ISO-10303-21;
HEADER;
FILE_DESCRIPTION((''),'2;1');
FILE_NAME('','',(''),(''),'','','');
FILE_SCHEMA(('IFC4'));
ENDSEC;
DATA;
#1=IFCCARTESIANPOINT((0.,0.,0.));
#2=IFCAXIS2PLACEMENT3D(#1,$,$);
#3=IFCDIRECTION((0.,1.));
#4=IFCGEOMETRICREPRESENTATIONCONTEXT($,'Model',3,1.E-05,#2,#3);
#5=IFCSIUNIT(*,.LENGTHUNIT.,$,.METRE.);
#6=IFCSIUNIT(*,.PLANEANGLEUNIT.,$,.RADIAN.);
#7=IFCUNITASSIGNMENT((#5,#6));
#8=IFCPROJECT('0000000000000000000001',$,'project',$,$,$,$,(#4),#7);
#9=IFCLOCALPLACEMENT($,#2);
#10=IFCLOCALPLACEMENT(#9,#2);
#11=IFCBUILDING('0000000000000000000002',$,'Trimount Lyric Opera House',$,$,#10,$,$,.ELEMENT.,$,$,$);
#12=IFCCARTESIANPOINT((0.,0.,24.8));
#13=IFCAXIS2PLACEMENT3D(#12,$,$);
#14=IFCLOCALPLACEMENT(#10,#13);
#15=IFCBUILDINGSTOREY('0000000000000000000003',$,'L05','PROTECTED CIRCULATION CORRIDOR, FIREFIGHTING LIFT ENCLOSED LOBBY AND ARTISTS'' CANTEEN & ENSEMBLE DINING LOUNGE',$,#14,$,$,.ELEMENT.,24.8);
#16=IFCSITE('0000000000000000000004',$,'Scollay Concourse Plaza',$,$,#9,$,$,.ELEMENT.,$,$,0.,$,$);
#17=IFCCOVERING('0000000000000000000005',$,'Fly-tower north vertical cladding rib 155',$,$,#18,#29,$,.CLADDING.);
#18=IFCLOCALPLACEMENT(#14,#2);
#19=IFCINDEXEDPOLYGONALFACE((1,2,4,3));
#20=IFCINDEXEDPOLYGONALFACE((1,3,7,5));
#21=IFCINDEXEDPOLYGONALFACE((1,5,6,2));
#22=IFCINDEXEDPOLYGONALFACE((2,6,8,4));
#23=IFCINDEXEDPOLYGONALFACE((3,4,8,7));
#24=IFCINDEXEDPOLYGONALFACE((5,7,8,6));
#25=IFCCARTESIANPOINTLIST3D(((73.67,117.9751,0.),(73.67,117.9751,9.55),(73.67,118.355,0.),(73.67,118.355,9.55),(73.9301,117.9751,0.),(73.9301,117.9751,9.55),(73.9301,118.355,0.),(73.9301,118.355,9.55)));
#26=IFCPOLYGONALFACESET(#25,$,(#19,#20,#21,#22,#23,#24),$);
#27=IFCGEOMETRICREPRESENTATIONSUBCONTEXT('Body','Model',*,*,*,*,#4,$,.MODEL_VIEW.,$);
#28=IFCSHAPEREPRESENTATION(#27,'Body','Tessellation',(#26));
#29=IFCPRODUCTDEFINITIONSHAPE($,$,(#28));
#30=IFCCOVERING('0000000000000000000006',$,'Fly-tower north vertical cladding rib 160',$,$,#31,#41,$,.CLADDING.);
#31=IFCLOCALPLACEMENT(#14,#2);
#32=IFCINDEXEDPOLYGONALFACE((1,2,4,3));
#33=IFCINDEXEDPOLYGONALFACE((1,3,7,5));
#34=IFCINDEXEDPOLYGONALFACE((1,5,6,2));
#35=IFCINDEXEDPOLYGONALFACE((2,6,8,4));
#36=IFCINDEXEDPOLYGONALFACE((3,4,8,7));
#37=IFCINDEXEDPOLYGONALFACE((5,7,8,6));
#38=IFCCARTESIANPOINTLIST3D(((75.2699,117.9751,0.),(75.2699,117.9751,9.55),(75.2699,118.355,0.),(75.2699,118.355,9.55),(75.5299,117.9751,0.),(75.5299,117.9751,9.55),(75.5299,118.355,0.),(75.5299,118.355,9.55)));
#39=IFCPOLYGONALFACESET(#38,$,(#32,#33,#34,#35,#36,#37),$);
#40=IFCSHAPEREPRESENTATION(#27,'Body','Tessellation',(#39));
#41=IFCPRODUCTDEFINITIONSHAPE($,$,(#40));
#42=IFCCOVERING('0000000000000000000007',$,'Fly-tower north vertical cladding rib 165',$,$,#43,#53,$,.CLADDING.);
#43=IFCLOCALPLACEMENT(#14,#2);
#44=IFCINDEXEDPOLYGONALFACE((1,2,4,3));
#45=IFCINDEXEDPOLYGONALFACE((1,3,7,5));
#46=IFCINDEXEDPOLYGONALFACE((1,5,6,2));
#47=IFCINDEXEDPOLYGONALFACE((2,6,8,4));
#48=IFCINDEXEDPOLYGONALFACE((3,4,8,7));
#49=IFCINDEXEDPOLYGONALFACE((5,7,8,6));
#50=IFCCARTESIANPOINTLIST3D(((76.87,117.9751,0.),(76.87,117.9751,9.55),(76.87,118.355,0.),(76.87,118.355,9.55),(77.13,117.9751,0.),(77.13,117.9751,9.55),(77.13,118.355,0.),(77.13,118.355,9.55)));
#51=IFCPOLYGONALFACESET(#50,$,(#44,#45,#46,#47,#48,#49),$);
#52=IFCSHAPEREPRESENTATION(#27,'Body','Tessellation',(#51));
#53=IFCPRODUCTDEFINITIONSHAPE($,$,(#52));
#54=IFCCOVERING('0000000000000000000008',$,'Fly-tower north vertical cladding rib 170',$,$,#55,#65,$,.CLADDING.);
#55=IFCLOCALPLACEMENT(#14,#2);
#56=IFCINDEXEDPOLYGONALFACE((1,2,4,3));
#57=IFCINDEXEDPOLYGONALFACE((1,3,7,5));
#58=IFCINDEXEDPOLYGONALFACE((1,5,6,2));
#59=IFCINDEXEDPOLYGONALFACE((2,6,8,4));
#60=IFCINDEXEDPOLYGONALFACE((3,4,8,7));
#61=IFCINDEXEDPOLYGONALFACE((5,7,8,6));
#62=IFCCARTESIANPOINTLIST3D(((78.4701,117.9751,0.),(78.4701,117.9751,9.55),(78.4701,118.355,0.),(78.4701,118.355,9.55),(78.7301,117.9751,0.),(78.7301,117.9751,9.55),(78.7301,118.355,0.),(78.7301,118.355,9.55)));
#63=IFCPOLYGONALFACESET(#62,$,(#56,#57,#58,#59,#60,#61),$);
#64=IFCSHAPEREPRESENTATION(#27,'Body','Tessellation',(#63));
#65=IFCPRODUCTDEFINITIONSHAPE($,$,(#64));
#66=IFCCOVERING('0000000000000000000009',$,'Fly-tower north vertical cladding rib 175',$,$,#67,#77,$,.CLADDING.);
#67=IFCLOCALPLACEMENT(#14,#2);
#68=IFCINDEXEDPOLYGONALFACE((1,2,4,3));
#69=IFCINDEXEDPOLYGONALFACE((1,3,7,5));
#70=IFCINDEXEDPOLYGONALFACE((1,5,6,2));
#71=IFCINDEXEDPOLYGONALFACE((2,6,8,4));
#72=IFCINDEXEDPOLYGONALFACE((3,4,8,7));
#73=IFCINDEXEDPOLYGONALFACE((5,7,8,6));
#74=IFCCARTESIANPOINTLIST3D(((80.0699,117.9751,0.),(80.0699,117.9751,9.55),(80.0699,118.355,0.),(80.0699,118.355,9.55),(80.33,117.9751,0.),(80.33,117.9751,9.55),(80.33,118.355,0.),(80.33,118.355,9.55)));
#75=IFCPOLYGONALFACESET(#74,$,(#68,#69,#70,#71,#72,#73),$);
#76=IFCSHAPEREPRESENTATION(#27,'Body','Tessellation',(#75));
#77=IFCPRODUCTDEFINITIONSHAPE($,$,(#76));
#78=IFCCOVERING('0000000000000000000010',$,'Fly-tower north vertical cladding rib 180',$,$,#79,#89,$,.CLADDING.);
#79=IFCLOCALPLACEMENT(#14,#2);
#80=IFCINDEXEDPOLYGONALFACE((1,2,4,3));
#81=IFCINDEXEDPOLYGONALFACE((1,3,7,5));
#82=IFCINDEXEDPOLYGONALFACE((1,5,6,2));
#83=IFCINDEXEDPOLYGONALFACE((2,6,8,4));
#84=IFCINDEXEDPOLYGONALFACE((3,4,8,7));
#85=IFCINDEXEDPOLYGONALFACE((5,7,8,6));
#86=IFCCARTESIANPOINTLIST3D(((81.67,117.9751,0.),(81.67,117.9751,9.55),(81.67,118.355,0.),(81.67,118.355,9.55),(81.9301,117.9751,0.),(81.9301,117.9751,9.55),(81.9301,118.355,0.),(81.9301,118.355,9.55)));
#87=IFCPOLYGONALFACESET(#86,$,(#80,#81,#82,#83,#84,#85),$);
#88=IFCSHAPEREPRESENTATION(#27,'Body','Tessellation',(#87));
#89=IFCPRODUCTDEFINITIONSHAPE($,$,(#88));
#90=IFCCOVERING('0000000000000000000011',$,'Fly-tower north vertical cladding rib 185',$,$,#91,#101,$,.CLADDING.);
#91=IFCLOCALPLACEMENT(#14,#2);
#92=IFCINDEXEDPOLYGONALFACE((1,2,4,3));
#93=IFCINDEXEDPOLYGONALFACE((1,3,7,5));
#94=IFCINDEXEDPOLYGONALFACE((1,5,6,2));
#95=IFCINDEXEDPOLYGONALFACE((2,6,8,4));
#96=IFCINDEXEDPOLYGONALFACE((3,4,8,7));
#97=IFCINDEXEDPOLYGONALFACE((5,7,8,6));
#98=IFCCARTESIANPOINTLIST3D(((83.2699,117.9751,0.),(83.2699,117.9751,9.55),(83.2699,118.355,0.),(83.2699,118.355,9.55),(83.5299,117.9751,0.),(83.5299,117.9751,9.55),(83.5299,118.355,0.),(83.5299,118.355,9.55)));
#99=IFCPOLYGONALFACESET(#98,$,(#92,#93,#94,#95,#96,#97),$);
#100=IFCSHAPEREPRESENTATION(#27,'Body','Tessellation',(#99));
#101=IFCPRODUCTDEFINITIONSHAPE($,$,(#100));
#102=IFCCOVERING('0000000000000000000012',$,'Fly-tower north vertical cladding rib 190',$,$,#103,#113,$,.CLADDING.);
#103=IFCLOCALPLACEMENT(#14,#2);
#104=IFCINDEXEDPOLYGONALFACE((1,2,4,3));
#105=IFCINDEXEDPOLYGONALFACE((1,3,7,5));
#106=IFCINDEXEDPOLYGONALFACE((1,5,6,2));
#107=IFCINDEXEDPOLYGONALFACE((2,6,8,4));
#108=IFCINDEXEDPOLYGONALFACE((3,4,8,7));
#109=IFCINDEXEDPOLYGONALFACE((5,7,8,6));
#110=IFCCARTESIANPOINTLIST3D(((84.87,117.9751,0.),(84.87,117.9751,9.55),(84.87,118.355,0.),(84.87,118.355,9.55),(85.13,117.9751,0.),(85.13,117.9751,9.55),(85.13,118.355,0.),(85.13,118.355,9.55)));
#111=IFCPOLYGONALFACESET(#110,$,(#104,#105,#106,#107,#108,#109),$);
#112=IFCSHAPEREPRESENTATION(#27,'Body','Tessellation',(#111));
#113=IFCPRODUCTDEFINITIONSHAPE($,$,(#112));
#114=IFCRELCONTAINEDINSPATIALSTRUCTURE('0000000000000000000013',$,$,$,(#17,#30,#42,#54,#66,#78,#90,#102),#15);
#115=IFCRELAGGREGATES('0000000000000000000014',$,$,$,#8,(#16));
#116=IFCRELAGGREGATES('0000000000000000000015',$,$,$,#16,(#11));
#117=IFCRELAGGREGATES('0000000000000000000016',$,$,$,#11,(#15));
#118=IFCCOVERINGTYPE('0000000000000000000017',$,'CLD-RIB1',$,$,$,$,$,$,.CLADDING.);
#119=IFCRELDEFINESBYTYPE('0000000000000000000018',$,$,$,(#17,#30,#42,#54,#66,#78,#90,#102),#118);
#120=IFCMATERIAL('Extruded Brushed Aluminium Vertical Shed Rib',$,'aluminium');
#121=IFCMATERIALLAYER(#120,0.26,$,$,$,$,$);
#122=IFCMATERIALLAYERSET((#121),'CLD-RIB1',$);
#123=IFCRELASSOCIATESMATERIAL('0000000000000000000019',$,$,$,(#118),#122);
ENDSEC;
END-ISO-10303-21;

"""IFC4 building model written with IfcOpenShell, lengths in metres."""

from ifc_helpers import new_model, si_unit, direction, frame, origin, origin_2d, place, context, subcontext, project, spatial, rectangle, extrude, material, layer, layer_set, type_object, element, save


model = new_model("IFC4")

# Units and contexts
model_context = context("Model", 3, precision=1e-05, world=origin(), true_north=direction((0.0, 1.0)))
body_context = subcontext(model_context, "Body", "Model", "MODEL_VIEW")
ifc_project = project(units=[si_unit("LENGTHUNIT", "METRE"), si_unit("PLANEANGLEUNIT", "RADIAN")], contexts=[model_context])

# Site, building, storey
site_placement = place(None, origin())
site = spatial("IfcSite", under=ifc_project, at=site_placement, Name="Scollay Concourse Plaza", CompositionType="ELEMENT", RefElevation=0.0)
building_placement = place(site_placement, origin())
building = spatial("IfcBuilding", under=site, at=building_placement, Name="Trimount Lyric Opera House", CompositionType="ELEMENT")
storey_placement = place(building_placement, frame((0.0, 0.0, 24.8)))
storey = spatial("IfcBuildingStorey", under=building, at=storey_placement, Name="L05", Description="PROTECTED CIRCULATION CORRIDOR, FIREFIGHTING LIFT ENCLOSED LOBBY AND ARTISTS' CANTEEN & ENSEMBLE DINING LOUNGE", CompositionType="ELEMENT", Elevation=24.8)

# Coverings
ifc_material_1 = material(Name="Extruded Brushed Aluminium Vertical Shed Rib", Category="aluminium")
ifc_layer_1 = layer(ifc_material_1, 0.26)
ifc_layer_set_1 = layer_set([ifc_layer_1], Name="CLD-RIB1")
covering_type = type_object("IfcCoveringType", Name="CLD-RIB1", PredefinedType="CLADDING", material=ifc_layer_set_1)
for number, where, z_axis, x_axis, name in (
    (1, (73.8, 118.165, 0.0), (0.0, 0.0, 1.0), (1.0, 0.0, 0.0), "Fly-tower north vertical cladding rib 155"),
    (2, (75.3999, 118.165, 0.0), (0.0, 0.0, 1.0), (1.0, 0.0, 0.0), "Fly-tower north vertical cladding rib 160"),
    (3, (77.0, 118.165, 0.0), (0.0, 0.0, 1.0), (1.0, 0.0, 0.0), "Fly-tower north vertical cladding rib 165"),
    (4, (78.6001, 118.165, 0.0), (0.0, 0.0, 1.0), (1.0, 0.0, 0.0), "Fly-tower north vertical cladding rib 170"),
    (5, (80.2, 118.165, 0.0), (0.0, 0.0, 1.0), (1.0, 0.0, 0.0), "Fly-tower north vertical cladding rib 175"),
    (6, (81.8, 118.165, 0.0), (0.0, 0.0, 1.0), (1.0, 0.0, 0.0), "Fly-tower north vertical cladding rib 180"),
    (7, (83.3999, 118.165, 0.0), (0.0, 0.0, 1.0), (1.0, 0.0, 0.0), "Fly-tower north vertical cladding rib 185"),
    (8, (85.0, 118.165, 0.0), (0.0, 0.0, 1.0), (1.0, 0.0, 0.0), "Fly-tower north vertical cladding rib 190"),
):
    element("IfcCovering", number, at=place(storey_placement, frame(where, z_axis=z_axis, x_axis=x_axis)), inside=storey, type_object=covering_type, Name=name, PredefinedType="CLADDING", context=body_context, shape_type="SweptSolid", body=[
        extrude(rectangle(XDim=0.26, YDim=0.3799, at=origin_2d()), origin(), (0.0, 0.0, 1.0), 9.55),
    ])

save(model, "model.ifc")
